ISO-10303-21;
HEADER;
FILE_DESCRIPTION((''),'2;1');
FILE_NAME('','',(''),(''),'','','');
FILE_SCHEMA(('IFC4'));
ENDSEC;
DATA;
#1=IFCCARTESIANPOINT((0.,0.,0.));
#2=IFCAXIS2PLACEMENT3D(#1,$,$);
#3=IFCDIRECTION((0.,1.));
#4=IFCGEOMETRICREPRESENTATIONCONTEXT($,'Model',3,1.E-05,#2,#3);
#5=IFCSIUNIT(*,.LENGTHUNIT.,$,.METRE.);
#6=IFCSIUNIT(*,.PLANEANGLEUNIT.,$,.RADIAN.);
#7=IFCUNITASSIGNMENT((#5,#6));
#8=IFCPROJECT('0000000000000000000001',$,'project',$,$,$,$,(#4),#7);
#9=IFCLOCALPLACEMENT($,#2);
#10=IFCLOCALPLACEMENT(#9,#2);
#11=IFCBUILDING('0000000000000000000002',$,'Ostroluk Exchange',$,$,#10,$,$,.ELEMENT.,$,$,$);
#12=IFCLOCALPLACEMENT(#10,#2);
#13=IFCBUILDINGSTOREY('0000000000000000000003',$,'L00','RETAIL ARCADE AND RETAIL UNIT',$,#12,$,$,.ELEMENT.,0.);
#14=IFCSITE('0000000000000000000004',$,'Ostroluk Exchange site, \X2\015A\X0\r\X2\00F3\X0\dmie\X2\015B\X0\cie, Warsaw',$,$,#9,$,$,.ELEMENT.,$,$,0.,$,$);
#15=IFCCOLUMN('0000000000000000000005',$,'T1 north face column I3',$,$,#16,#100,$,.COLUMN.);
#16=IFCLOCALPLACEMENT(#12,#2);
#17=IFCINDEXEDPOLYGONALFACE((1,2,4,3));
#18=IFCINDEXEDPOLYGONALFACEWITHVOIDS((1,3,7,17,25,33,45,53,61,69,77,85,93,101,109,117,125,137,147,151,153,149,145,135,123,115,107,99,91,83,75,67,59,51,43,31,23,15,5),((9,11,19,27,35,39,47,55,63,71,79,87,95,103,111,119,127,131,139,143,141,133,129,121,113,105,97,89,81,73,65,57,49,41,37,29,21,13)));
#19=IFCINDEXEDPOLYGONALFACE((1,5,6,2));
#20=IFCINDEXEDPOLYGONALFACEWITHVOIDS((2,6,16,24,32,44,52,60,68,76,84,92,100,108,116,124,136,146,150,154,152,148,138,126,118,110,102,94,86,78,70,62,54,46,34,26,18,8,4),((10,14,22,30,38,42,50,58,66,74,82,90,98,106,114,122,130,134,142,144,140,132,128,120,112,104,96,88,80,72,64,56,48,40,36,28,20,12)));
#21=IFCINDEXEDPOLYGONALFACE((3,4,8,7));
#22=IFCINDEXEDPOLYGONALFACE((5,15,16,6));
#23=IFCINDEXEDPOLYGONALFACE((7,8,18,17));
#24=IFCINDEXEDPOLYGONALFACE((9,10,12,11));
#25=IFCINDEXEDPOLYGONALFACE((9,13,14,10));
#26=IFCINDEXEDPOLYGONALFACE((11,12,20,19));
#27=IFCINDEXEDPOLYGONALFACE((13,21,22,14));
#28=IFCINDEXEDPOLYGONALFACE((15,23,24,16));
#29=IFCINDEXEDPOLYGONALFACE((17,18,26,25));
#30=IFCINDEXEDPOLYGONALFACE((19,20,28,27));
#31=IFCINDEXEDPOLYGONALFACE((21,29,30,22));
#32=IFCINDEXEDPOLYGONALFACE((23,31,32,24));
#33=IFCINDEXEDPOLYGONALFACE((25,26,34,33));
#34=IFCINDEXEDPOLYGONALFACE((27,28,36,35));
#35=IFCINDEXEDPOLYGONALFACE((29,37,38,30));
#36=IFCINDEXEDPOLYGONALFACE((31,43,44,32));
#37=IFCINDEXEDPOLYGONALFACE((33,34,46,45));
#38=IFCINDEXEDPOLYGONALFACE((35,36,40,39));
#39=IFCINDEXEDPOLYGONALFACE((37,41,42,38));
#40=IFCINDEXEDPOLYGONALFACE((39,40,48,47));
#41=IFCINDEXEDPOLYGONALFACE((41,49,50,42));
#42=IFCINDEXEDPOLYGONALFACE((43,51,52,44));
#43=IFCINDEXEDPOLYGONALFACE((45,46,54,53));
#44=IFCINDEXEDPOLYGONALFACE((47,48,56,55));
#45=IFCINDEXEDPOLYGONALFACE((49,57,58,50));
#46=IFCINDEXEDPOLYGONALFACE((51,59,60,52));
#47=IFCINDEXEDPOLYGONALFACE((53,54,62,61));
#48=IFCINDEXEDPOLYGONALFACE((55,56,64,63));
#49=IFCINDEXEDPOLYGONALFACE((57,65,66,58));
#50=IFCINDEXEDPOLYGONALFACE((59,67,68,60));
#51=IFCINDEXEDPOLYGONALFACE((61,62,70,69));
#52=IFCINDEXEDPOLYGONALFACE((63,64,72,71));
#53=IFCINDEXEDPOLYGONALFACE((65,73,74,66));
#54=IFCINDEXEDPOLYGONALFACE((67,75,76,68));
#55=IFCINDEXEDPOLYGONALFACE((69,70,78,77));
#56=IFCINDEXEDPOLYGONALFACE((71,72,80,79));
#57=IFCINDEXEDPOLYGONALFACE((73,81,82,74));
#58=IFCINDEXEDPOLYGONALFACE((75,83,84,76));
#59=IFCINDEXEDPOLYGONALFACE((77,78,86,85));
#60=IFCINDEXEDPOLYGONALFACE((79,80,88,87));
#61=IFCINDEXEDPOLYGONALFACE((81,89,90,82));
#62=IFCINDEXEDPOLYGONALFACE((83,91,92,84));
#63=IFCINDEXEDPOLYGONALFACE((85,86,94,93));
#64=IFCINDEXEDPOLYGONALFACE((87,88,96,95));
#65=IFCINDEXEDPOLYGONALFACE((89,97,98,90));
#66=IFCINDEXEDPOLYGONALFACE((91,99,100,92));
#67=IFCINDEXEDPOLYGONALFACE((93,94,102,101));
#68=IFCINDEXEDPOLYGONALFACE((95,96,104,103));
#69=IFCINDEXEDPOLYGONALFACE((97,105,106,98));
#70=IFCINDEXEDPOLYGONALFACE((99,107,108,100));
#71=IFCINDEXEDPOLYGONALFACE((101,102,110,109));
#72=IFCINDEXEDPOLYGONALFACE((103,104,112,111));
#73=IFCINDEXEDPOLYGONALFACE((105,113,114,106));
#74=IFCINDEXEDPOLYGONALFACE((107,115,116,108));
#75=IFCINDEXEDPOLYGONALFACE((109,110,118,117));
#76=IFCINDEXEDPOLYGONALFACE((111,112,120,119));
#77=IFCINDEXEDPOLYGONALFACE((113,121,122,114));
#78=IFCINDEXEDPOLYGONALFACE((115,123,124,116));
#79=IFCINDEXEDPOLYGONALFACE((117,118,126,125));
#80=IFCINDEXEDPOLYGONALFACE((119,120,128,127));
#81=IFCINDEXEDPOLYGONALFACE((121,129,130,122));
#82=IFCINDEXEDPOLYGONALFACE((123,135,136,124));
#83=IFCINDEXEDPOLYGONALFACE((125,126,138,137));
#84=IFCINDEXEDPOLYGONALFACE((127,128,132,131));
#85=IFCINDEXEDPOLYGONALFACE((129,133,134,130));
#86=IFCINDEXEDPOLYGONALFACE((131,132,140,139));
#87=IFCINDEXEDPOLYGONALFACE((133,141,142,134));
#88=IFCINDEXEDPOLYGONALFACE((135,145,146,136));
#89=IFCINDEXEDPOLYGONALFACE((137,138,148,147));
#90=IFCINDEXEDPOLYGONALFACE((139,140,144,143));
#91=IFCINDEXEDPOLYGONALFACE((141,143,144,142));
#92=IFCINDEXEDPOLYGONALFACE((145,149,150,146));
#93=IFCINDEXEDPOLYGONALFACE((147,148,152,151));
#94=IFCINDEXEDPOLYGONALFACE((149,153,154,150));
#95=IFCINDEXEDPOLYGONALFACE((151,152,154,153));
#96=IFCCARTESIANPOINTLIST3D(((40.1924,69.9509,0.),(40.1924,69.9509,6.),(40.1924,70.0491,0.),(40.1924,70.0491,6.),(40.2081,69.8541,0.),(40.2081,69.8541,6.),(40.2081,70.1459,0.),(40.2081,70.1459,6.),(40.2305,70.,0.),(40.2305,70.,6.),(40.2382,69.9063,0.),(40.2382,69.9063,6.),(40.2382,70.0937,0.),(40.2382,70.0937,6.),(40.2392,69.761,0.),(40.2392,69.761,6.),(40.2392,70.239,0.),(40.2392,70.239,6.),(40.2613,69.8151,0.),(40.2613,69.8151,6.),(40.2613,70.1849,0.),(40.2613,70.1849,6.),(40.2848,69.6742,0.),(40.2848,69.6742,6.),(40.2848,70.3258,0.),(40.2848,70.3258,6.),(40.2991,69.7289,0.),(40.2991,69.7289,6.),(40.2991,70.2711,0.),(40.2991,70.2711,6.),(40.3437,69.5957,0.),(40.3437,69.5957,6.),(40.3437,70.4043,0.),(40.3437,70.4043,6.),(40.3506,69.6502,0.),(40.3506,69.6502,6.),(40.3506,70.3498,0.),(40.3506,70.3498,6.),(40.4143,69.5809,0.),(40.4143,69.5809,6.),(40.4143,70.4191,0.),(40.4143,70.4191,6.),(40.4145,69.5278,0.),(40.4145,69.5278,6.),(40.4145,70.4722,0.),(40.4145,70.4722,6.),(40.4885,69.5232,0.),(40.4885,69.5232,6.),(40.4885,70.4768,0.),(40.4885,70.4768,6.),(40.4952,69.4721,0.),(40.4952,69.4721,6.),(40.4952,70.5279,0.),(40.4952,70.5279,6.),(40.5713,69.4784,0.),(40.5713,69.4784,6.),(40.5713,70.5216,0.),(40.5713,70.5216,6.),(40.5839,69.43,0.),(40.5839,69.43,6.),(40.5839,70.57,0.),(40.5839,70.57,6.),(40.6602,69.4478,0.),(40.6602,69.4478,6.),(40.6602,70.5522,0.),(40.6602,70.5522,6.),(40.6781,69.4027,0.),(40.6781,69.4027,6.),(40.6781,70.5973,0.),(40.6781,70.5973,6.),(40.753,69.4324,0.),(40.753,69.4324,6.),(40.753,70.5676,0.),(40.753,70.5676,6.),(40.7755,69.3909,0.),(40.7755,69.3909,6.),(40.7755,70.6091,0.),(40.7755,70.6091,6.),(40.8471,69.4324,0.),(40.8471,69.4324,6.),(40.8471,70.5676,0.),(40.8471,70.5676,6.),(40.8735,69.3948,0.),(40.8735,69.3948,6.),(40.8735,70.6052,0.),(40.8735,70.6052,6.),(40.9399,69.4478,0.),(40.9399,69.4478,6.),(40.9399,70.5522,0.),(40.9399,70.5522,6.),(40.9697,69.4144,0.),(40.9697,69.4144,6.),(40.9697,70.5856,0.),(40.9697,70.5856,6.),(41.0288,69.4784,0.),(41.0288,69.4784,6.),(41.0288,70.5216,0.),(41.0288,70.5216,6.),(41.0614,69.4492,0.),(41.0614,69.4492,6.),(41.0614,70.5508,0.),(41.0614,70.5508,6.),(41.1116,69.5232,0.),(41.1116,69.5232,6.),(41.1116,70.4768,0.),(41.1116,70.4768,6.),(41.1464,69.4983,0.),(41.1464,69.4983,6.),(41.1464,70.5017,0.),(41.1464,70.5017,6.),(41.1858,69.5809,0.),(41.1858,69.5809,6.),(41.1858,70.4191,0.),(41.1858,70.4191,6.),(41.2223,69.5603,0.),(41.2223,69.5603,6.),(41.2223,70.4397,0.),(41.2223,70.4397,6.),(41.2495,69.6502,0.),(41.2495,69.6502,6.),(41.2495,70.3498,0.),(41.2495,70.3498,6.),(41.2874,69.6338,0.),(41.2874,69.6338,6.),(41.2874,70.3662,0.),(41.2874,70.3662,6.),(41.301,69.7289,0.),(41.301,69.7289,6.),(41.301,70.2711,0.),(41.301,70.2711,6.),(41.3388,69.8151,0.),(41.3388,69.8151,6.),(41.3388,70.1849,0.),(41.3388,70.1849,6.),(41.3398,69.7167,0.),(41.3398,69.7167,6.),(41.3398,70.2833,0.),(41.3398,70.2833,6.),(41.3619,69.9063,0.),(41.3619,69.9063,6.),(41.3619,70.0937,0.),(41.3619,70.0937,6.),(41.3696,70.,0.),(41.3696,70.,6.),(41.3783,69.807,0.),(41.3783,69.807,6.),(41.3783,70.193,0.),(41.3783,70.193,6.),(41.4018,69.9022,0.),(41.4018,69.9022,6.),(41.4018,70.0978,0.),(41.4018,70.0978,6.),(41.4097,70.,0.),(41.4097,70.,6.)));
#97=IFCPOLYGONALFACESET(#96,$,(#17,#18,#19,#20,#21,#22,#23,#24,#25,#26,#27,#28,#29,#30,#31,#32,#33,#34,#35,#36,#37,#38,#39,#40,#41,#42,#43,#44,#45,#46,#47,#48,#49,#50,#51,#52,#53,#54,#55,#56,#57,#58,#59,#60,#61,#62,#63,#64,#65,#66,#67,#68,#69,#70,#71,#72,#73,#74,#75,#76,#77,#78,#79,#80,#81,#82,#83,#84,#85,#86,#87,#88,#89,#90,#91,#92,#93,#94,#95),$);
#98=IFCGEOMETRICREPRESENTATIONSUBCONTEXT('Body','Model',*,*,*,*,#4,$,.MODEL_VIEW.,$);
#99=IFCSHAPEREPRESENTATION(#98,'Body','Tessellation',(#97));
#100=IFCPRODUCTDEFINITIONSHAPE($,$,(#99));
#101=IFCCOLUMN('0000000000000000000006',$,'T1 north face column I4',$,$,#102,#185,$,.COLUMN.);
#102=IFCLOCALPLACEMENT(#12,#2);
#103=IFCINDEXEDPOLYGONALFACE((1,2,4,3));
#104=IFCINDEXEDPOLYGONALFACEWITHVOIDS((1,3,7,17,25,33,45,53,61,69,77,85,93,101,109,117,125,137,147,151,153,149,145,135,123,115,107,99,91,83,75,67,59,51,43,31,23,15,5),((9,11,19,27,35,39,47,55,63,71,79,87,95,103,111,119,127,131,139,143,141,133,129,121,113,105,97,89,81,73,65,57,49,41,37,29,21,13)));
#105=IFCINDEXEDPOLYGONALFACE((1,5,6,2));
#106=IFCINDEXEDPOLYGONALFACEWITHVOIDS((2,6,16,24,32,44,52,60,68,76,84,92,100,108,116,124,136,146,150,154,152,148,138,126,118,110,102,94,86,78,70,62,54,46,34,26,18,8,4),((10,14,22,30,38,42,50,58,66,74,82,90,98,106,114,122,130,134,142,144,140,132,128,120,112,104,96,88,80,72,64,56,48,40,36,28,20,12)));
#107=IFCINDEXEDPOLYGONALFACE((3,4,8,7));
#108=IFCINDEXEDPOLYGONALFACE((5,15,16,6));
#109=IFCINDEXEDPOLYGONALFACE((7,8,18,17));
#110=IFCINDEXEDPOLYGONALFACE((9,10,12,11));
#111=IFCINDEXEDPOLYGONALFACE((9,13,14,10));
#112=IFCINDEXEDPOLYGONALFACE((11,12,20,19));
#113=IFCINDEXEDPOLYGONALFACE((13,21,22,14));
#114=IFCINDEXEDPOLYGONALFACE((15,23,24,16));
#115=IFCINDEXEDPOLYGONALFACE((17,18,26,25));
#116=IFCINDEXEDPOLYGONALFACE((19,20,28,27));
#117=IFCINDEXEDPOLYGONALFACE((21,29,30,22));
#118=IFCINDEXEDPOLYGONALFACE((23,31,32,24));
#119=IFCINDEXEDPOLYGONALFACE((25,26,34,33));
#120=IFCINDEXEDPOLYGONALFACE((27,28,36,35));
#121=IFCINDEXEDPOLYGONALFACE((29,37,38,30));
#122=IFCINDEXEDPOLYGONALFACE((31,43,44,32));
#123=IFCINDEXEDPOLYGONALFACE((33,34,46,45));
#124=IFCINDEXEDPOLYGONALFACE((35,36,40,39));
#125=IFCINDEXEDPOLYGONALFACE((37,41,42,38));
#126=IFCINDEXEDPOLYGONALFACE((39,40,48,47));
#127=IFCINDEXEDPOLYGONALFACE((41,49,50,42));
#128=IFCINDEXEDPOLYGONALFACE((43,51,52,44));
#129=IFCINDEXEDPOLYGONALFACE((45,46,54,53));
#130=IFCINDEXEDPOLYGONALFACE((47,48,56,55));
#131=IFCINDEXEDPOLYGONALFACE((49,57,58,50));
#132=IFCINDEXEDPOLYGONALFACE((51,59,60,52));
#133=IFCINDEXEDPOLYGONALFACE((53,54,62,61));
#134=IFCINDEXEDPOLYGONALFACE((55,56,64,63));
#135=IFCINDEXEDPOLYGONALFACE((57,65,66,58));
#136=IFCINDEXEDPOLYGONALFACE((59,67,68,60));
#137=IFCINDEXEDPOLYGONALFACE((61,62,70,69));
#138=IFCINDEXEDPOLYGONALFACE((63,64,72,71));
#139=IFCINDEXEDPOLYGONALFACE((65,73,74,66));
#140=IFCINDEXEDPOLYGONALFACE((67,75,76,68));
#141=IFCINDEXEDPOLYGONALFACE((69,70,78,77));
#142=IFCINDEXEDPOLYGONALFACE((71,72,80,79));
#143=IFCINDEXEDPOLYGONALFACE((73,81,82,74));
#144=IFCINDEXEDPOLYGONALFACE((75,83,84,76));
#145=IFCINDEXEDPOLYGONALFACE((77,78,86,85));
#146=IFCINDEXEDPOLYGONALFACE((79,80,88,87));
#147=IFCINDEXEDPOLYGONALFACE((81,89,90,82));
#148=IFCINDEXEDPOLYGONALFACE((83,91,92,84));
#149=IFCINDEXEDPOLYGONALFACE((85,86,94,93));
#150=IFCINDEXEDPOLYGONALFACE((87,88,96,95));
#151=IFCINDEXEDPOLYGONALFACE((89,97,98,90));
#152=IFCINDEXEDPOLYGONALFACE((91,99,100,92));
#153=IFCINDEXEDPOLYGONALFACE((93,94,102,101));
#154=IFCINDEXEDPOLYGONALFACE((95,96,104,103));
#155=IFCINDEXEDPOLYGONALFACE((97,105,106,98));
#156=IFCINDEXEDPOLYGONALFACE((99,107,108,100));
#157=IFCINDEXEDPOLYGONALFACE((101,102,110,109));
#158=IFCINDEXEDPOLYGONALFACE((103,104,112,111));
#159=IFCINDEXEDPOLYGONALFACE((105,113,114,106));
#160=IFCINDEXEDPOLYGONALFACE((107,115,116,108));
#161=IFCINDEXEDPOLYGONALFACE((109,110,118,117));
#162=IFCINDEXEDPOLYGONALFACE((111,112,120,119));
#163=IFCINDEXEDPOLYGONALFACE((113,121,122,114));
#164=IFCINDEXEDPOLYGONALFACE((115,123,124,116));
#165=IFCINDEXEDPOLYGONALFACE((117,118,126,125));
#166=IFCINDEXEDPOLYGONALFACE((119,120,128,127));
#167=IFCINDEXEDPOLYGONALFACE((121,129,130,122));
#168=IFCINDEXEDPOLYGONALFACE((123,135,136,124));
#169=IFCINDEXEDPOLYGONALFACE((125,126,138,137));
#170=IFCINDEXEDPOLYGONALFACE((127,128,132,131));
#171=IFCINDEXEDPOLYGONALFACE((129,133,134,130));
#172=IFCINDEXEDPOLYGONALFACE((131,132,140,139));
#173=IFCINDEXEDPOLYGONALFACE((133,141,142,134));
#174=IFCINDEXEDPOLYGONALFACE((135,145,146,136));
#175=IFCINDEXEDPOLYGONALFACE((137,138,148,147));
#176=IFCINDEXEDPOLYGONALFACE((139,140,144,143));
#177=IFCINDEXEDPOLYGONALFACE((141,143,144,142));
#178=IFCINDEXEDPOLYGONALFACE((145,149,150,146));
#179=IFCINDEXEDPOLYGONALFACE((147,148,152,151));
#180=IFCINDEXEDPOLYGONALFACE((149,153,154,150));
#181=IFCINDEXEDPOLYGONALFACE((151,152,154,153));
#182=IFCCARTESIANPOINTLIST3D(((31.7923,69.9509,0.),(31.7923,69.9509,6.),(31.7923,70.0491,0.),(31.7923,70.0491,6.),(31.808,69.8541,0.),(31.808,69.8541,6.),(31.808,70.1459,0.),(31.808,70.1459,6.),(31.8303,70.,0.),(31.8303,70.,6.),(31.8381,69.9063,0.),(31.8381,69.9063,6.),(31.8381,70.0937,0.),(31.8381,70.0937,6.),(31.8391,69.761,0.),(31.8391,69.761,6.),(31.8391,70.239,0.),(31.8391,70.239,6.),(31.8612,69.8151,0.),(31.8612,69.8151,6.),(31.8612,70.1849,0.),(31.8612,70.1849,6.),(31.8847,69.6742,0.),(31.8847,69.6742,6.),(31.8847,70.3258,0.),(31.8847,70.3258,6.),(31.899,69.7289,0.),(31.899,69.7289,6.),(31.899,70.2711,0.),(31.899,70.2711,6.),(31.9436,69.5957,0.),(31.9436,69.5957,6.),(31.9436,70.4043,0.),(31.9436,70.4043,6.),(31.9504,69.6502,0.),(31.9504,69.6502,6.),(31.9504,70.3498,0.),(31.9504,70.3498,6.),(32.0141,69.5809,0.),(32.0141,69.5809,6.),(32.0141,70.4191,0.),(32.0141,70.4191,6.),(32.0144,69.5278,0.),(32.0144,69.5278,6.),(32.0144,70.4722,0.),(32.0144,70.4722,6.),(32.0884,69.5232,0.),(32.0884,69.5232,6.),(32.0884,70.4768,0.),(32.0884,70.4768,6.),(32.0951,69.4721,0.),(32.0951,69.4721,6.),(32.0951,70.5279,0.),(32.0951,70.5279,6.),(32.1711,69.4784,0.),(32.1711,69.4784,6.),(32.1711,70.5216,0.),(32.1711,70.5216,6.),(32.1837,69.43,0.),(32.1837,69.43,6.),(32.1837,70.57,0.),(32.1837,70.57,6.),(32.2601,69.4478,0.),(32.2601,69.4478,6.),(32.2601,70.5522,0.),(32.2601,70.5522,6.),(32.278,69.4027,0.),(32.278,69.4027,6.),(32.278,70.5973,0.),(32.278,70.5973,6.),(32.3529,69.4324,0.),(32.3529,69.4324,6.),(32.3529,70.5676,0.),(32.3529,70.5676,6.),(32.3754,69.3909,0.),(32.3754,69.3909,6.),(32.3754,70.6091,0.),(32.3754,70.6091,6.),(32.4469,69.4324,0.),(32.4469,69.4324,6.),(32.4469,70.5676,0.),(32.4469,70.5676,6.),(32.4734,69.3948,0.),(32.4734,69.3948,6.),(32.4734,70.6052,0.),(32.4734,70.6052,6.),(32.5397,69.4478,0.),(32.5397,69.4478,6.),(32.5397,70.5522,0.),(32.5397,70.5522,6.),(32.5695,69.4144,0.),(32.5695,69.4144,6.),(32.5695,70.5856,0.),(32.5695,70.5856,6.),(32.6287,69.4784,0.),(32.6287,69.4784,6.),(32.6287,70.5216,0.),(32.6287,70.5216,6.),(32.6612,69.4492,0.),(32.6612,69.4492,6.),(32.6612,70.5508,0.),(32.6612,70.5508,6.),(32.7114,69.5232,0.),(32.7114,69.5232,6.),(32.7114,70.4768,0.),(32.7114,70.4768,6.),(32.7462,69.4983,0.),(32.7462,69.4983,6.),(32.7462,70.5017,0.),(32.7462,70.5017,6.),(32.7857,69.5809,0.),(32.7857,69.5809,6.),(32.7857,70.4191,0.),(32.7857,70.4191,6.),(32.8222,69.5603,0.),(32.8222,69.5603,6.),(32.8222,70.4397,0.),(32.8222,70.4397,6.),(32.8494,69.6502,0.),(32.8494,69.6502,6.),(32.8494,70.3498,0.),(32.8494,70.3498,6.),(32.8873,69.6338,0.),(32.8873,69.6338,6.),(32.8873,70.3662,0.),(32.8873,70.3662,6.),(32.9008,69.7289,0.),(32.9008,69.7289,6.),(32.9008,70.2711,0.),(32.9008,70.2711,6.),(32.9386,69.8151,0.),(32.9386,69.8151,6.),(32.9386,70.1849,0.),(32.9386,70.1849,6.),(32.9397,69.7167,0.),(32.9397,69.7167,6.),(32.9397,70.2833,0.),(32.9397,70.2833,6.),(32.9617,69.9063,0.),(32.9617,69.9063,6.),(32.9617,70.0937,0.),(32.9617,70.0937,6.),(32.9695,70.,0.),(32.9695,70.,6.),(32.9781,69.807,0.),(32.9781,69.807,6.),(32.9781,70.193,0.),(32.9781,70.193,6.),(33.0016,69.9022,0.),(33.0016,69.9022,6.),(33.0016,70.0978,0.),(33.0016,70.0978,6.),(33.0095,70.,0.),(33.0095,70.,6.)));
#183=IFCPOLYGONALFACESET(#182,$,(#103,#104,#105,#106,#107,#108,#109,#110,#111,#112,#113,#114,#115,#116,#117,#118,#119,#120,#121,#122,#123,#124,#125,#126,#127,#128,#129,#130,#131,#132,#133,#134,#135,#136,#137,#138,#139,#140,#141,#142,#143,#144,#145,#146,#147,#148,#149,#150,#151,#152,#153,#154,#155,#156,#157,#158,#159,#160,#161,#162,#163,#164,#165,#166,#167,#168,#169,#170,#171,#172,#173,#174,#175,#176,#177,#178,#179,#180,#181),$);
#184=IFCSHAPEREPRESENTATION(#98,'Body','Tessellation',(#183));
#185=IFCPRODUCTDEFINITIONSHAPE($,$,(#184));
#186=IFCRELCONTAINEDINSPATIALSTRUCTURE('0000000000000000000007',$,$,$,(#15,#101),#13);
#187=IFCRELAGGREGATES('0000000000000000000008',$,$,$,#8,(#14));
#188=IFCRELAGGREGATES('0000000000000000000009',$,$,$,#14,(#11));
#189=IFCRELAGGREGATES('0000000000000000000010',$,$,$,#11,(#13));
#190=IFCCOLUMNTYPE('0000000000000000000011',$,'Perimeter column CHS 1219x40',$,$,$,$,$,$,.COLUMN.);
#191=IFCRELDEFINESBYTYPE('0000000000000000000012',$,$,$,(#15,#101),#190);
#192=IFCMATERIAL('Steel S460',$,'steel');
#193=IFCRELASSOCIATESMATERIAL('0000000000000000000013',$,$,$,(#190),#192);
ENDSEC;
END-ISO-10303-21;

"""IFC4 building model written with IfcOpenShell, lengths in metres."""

from ifc_helpers import new_model, si_unit, direction, frame, origin, origin_2d, place, context, subcontext, project, spatial, hollow_circle, extrude, material, material_profile, profile_set, type_object, element, save


model = new_model("IFC4")

# Units and contexts
model_context = context("Model", 3, precision=1e-05, world=origin(), true_north=direction((0.0, 1.0)))
body_context = subcontext(model_context, "Body", "Model", "MODEL_VIEW")
ifc_project = project(units=[si_unit("LENGTHUNIT", "METRE"), si_unit("PLANEANGLEUNIT", "RADIAN")], contexts=[model_context])

# Site, building, storey
site_placement = place(None, origin())
site = spatial("IfcSite", under=ifc_project, at=site_placement, Name="Ostroluk Exchange site, Śródmieście, Warsaw", CompositionType="ELEMENT", RefElevation=0.0)
building_placement = place(site_placement, origin())
building = spatial("IfcBuilding", under=site, at=building_placement, Name="Ostroluk Exchange", CompositionType="ELEMENT")
storey_placement = place(building_placement, origin())
storey = spatial("IfcBuildingStorey", under=building, at=storey_placement, Name="L00", Description="RETAIL ARCADE AND RETAIL UNIT", CompositionType="ELEMENT", Elevation=0.0)

# Columns
ifc_material_1 = material(Name="Steel S460", Category="steel")
ifc_material_profile_1 = material_profile(ifc_material_1, hollow_circle(Radius=0.6096, WallThickness=0.04, at=origin_2d()), Name="CHS 1219x40")
ifc_profile_set_1 = profile_set([ifc_material_profile_1], Name="Steel S460")
column_type = type_object("IfcColumnType", Name="Perimeter column CHS 1219x40", PredefinedType="COLUMN", material=ifc_profile_set_1)
for number, where, z_axis, x_axis, name in (
    (1, (40.8, 70.0, 0.0), (0.0, 0.0, 1.0), (1.0, 0.0, 0.0), "T1 north face column I3"),
    (2, (32.3999, 70.0, 0.0), (0.0, 0.0, 1.0), (1.0, 0.0, 0.0), "T1 north face column I4"),
):
    element("IfcColumn", number, at=place(storey_placement, frame(where, z_axis=z_axis, x_axis=x_axis)), inside=storey, type_object=column_type, Name=name, PredefinedType="COLUMN", context=body_context, shape_type="SweptSolid", body=[
        extrude(hollow_circle(Radius=0.6096, WallThickness=0.04, at=origin_2d()), origin(), (0.0, 0.0, 1.0), 6.0),
    ])

save(model, "model.ifc")
